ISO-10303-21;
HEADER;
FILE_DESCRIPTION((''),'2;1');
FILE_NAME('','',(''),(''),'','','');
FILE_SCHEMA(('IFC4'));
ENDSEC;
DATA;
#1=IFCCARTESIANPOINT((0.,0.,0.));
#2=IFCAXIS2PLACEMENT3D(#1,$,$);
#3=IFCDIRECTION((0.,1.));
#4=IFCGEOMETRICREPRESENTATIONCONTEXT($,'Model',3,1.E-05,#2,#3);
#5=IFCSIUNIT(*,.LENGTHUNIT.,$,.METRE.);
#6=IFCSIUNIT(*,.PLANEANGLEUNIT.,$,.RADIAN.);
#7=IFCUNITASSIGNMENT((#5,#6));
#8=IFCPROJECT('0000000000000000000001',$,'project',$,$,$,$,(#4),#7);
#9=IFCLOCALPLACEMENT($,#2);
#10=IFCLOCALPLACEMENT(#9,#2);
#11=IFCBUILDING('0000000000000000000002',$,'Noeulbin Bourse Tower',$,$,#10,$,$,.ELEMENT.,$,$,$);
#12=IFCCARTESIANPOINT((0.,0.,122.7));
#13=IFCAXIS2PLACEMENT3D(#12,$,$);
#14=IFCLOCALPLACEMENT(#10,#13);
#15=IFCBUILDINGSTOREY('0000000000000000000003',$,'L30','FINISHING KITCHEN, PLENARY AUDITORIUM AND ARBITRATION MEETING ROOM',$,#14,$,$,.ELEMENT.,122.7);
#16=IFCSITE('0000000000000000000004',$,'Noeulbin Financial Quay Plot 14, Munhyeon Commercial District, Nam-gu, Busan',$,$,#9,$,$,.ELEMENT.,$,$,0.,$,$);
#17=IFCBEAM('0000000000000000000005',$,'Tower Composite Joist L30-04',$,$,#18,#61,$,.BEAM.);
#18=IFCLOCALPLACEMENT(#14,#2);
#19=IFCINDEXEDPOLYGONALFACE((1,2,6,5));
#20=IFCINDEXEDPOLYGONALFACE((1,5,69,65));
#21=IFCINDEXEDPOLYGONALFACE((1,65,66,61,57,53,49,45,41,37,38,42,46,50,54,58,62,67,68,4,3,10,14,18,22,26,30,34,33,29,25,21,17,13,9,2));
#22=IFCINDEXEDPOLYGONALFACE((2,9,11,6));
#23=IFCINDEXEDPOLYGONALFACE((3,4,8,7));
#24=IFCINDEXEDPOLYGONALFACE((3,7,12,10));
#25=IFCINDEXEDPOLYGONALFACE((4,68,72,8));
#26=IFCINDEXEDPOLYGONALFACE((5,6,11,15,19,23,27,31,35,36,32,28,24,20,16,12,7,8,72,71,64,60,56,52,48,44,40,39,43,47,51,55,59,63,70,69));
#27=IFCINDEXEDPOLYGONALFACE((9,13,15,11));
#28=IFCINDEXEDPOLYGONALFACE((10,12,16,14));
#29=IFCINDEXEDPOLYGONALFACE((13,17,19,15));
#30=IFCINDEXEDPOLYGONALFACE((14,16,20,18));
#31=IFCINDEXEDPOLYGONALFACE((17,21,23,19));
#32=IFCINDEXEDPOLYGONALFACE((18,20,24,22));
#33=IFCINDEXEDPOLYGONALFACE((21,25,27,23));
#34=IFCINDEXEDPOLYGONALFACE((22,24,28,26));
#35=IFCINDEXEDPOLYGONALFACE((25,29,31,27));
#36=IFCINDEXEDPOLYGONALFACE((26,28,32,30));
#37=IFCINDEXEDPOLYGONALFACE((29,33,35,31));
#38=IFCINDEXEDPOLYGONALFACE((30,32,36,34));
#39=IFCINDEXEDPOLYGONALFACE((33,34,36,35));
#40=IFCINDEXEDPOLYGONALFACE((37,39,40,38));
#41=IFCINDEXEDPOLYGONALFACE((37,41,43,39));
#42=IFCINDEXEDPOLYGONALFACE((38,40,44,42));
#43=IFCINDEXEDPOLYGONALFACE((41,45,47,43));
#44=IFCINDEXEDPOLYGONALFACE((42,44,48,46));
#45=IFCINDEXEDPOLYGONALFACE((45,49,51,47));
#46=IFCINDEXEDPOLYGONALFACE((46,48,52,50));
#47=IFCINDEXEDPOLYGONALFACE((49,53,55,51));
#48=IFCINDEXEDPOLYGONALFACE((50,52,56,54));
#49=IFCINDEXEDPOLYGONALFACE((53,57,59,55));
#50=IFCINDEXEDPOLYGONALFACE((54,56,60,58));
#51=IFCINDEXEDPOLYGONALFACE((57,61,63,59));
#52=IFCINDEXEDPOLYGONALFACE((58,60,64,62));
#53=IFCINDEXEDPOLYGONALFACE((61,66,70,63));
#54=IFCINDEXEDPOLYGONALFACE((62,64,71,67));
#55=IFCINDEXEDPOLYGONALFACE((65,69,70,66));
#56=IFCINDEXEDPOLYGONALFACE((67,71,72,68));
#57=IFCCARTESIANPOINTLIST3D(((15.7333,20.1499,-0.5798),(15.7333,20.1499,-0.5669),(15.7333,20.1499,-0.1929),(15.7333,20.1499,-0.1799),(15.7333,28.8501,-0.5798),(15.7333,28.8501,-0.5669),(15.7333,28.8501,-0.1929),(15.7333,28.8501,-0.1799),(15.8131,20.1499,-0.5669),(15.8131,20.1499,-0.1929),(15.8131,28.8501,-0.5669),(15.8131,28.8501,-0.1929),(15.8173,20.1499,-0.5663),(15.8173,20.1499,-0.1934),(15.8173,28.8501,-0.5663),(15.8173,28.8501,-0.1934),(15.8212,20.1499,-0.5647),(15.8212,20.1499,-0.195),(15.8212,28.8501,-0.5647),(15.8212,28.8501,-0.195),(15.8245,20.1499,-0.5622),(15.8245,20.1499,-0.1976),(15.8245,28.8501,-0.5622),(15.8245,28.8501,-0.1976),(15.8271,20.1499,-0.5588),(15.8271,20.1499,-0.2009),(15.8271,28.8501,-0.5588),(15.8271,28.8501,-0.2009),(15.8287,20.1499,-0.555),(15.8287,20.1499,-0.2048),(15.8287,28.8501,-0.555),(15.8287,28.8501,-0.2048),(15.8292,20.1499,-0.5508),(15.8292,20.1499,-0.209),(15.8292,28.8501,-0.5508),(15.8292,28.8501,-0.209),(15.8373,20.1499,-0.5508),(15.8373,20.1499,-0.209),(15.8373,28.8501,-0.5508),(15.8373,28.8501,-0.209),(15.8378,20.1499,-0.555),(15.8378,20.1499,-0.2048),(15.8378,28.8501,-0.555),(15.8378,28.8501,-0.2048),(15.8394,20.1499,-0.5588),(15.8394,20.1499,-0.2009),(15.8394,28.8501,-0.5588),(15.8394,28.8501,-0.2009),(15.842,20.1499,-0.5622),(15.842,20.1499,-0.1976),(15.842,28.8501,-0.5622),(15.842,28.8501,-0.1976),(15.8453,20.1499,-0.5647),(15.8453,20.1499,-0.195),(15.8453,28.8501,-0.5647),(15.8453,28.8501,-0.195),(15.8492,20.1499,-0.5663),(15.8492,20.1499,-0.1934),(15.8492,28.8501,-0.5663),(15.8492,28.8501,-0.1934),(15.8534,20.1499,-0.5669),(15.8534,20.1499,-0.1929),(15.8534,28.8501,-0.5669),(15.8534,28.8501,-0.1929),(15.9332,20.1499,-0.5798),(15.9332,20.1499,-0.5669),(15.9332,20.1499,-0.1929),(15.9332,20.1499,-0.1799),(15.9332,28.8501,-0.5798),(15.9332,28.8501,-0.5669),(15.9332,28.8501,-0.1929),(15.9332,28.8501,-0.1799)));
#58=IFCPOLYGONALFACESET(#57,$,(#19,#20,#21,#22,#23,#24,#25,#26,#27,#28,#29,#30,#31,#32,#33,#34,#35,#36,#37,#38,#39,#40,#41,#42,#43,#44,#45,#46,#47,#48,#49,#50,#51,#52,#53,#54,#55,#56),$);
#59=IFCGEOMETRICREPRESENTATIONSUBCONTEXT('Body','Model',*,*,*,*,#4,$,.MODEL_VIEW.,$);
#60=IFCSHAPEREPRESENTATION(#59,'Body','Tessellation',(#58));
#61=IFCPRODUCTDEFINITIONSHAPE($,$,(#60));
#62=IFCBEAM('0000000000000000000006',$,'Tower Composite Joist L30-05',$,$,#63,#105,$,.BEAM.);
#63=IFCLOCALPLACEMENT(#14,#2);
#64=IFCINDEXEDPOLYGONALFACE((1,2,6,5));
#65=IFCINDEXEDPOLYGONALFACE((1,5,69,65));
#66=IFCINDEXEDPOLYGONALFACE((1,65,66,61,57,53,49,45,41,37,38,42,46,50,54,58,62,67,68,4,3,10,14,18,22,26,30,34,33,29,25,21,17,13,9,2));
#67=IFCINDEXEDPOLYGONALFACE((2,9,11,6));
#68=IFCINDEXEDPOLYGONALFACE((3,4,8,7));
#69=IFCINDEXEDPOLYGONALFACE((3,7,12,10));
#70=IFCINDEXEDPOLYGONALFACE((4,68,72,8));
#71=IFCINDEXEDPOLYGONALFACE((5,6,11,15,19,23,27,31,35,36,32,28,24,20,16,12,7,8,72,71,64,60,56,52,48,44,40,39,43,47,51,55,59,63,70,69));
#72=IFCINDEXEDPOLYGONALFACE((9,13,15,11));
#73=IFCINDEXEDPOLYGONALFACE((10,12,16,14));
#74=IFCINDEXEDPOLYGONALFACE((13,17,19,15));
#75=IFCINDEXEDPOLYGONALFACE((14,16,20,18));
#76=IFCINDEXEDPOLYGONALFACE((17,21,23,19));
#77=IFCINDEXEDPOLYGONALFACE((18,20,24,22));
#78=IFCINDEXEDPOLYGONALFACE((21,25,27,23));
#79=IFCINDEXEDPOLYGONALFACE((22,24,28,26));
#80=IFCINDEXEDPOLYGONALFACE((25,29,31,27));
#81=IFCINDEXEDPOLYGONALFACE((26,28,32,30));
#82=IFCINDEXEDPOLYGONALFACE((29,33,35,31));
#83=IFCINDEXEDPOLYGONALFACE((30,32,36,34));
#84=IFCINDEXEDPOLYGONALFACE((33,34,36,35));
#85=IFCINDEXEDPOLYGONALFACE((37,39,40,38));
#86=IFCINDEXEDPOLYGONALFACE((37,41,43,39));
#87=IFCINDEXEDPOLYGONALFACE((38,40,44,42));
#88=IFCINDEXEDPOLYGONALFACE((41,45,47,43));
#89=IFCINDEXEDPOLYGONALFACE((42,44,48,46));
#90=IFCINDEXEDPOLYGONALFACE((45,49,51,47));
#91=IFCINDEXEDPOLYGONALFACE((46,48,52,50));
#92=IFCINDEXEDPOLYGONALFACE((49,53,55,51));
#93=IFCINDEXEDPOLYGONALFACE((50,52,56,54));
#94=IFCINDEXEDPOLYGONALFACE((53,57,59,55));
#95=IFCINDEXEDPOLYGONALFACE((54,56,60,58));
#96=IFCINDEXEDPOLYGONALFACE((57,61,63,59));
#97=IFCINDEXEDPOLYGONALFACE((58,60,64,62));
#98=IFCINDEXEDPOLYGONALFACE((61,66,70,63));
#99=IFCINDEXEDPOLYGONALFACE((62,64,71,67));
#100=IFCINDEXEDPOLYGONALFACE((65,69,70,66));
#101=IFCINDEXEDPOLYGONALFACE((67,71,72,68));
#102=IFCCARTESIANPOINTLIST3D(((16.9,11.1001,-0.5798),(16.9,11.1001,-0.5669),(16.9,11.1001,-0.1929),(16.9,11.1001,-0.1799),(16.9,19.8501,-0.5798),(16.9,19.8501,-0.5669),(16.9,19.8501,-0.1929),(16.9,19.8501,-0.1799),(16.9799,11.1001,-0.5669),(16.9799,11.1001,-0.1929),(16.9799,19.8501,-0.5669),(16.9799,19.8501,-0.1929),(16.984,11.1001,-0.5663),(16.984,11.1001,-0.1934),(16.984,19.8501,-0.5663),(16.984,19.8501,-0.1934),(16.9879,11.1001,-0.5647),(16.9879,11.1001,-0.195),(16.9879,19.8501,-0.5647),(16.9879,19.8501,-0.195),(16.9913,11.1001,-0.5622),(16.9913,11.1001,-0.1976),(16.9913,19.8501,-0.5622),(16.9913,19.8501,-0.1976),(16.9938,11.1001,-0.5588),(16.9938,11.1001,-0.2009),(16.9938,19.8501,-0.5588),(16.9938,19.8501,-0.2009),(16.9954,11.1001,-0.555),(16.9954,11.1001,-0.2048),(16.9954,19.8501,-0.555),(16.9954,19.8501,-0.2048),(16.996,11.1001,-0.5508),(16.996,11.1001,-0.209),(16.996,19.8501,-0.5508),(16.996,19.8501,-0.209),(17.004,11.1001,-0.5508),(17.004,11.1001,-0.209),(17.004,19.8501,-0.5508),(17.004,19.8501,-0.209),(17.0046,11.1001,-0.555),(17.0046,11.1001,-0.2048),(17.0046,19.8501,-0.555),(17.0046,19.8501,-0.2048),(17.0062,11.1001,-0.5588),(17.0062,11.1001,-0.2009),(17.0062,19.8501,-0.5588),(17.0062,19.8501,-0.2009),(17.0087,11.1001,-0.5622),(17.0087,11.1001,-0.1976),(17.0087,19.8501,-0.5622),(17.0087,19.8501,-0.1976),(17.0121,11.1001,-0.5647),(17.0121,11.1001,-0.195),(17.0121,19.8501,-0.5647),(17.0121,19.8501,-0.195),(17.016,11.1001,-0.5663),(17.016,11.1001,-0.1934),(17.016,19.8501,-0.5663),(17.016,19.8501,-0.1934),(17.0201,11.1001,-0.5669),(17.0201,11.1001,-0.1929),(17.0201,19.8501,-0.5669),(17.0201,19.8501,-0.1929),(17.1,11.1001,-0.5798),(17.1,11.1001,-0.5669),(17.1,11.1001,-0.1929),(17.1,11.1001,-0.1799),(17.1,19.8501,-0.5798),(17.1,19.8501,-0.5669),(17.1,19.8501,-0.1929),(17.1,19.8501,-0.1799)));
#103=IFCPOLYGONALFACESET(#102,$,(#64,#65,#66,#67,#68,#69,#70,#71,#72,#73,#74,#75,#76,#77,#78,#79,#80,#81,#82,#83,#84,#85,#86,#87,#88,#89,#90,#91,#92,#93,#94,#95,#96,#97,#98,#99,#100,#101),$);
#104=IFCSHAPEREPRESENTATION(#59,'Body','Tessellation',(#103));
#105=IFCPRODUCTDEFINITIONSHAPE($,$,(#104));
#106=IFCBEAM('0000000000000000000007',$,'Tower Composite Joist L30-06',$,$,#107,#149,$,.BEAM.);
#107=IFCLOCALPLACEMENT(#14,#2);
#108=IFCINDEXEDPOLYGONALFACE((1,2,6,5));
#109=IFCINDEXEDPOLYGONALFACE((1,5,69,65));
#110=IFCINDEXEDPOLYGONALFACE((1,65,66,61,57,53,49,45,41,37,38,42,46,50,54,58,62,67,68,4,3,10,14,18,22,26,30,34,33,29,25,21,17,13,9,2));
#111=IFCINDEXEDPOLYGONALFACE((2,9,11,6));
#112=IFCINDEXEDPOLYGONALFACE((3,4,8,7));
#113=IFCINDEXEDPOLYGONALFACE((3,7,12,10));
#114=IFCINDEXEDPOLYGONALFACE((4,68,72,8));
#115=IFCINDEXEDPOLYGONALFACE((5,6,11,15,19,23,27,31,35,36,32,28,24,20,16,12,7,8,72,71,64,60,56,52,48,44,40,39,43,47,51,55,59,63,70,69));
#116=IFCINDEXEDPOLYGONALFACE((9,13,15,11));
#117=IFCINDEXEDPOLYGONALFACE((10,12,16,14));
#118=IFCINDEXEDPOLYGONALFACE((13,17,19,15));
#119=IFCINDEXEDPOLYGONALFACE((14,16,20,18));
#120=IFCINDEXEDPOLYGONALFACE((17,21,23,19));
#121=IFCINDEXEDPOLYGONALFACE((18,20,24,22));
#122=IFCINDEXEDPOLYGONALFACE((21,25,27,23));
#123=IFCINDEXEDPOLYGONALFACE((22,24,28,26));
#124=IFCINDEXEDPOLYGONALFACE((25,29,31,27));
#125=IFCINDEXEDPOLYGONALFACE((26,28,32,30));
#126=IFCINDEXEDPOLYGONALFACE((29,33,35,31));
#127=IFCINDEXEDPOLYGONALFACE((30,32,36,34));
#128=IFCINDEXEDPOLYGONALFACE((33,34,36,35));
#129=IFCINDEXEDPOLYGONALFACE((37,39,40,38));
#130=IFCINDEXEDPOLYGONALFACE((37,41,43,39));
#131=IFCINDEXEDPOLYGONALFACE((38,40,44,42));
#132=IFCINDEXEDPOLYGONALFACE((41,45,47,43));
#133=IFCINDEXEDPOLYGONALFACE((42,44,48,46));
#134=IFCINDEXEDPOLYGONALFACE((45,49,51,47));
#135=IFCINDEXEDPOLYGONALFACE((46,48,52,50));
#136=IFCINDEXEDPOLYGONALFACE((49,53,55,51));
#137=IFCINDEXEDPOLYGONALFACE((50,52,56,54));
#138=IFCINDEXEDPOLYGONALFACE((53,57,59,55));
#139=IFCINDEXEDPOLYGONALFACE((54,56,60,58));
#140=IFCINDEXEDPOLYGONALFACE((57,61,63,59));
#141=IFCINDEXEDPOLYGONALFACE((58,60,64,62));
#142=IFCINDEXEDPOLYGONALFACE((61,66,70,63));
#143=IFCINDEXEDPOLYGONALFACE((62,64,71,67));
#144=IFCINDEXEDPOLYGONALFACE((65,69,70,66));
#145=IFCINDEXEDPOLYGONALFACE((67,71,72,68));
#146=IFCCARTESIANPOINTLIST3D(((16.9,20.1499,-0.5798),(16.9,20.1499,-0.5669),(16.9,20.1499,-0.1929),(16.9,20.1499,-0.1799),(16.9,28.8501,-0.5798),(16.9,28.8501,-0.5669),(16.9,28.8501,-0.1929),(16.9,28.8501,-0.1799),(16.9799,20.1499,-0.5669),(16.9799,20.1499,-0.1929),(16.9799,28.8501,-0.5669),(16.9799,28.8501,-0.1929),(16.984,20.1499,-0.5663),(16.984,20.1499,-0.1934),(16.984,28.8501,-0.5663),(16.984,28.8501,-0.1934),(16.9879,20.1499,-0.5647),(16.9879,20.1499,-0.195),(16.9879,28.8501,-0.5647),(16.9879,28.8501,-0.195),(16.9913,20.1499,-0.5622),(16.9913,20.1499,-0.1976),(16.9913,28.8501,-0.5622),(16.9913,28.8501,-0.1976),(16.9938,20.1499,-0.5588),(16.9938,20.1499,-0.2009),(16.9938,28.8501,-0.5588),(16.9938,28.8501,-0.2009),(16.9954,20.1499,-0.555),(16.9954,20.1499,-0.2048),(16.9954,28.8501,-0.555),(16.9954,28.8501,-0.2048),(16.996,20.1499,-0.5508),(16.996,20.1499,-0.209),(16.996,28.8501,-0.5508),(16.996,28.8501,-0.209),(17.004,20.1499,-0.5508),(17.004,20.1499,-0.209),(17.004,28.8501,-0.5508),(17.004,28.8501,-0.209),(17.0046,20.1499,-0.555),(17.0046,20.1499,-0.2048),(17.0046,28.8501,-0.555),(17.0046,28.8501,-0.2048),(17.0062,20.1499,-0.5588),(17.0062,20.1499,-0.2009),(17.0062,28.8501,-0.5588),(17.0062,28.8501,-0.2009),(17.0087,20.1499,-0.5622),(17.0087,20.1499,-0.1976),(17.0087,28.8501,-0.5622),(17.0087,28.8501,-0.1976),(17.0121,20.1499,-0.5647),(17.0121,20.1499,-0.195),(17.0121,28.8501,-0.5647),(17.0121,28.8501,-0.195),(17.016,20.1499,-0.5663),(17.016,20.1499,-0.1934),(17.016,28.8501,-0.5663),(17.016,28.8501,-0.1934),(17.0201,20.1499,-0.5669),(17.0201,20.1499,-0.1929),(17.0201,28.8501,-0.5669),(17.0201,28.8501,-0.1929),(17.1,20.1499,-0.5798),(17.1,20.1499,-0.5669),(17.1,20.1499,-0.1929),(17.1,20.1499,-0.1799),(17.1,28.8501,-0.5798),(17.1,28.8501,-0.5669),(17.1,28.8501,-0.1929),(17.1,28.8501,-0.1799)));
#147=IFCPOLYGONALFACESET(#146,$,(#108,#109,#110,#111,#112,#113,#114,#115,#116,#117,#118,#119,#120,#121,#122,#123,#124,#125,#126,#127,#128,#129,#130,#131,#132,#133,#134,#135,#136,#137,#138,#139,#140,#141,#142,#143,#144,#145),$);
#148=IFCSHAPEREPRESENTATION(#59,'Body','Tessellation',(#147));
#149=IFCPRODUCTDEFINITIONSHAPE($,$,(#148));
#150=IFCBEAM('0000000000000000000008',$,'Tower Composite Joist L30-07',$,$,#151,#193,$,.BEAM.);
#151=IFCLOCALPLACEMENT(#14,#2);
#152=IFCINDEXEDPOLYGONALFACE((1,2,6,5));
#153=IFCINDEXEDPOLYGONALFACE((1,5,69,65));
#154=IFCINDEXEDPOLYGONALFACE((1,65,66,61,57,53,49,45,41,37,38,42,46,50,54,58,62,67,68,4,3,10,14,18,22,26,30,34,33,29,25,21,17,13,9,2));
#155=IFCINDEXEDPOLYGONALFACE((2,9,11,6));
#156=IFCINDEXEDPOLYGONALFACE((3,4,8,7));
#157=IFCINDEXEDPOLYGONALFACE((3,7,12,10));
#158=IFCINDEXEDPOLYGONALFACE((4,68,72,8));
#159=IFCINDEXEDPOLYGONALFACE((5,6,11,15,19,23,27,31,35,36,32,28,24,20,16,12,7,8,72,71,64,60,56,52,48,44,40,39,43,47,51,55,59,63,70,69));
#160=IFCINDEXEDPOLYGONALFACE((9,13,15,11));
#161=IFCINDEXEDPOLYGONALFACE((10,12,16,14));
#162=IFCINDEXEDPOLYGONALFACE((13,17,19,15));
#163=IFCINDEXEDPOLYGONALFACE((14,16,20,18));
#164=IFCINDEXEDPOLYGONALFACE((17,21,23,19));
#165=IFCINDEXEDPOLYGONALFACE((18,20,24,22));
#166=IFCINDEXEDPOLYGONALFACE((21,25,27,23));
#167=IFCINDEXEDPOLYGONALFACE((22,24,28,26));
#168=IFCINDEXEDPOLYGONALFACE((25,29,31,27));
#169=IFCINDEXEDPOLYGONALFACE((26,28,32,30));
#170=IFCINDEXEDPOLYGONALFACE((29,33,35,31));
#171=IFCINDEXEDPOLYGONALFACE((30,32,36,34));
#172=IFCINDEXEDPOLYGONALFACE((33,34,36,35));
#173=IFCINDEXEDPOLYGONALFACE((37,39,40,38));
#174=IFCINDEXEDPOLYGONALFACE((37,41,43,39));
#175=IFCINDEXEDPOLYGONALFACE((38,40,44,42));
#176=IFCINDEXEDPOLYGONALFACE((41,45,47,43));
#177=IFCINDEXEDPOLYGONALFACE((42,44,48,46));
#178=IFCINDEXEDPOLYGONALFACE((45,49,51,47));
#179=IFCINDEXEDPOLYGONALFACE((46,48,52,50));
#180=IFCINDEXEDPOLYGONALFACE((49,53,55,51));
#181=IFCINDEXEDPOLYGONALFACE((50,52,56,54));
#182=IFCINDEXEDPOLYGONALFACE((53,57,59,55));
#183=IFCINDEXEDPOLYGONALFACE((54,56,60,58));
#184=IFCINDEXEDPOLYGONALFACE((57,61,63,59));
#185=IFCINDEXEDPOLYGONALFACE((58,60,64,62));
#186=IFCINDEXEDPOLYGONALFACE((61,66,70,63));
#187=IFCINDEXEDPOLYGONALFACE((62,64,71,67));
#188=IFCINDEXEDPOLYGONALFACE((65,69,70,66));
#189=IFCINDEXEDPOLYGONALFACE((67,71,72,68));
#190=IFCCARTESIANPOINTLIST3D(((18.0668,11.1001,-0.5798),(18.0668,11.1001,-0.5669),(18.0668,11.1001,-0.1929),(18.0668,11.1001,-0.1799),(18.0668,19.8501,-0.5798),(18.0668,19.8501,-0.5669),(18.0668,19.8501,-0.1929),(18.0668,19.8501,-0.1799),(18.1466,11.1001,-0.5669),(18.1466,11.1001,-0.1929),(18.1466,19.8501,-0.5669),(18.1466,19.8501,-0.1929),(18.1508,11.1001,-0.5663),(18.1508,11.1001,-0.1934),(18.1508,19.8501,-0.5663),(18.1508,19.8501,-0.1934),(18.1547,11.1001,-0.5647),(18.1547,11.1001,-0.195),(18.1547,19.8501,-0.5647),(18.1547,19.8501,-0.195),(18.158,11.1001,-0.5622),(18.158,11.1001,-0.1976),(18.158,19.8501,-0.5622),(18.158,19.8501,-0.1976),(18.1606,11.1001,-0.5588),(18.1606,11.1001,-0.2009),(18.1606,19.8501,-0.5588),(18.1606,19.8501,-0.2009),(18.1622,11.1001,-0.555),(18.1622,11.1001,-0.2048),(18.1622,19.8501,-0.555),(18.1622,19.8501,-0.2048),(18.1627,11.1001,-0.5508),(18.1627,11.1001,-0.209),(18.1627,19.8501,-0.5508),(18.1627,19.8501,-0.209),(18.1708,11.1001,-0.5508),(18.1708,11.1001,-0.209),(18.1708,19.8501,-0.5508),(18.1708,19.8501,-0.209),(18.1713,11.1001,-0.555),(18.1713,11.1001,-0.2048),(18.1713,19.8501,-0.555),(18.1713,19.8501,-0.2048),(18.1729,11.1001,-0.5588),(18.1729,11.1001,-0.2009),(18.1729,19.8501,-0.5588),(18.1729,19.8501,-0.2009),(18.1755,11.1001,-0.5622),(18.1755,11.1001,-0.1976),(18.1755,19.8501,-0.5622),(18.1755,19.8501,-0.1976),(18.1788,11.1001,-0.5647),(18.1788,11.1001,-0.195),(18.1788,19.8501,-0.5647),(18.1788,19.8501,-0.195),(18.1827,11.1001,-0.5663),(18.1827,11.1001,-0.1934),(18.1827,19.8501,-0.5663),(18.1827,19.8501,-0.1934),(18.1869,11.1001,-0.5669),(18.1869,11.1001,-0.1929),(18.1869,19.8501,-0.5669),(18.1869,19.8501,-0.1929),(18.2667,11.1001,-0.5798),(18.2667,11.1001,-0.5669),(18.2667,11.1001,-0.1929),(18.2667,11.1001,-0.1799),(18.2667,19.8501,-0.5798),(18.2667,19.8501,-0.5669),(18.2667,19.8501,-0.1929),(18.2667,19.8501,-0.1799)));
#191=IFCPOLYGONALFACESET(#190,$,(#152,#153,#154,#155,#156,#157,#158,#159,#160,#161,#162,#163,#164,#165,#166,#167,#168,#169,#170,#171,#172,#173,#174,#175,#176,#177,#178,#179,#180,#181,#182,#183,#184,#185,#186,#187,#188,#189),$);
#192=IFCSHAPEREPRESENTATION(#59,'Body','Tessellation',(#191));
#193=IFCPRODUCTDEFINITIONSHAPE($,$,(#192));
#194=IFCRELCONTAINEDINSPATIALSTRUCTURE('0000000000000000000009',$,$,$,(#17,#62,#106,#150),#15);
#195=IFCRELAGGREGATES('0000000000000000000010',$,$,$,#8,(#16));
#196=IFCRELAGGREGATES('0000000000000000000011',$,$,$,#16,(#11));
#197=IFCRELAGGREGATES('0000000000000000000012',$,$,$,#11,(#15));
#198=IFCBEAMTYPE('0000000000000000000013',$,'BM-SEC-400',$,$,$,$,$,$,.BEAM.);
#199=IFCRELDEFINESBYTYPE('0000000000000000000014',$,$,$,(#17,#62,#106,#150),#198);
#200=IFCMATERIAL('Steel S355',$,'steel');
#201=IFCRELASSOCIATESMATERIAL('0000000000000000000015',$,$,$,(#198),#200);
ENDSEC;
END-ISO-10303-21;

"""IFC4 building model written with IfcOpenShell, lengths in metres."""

from ifc_helpers import new_model, si_unit, direction, frame, origin, origin_2d, place, context, subcontext, project, spatial, i_section, extrude, material, material_profile, profile_set, type_object, element, save


model = new_model("IFC4")

# Units and contexts
model_context = context("Model", 3, precision=1e-05, world=origin(), true_north=direction((0.0, 1.0)))
body_context = subcontext(model_context, "Body", "Model", "MODEL_VIEW")
ifc_project = project(units=[si_unit("LENGTHUNIT", "METRE"), si_unit("PLANEANGLEUNIT", "RADIAN")], contexts=[model_context])

# Site, building, storey
site_placement = place(None, origin())
site = spatial("IfcSite", under=ifc_project, at=site_placement, Name="Noeulbin Financial Quay Plot 14, Munhyeon Commercial District, Nam-gu, Busan", CompositionType="ELEMENT", RefElevation=0.0)
building_placement = place(site_placement, origin())
building = spatial("IfcBuilding", under=site, at=building_placement, Name="Noeulbin Bourse Tower", CompositionType="ELEMENT")
storey_placement = place(building_placement, frame((0.0, 0.0, 122.7)))
storey = spatial("IfcBuildingStorey", under=building, at=storey_placement, Name="L30", Description="FINISHING KITCHEN, PLENARY AUDITORIUM AND ARBITRATION MEETING ROOM", CompositionType="ELEMENT", Elevation=122.7)

# Shared definitions
ifc_material_1 = material(Name="Steel S355", Category="steel")

# Beams
ifc_material_profile_1 = material_profile(ifc_material_1, i_section(OverallWidth=0.2, OverallDepth=0.3999, WebThickness=0.0081, FlangeThickness=0.0129, FilletRadius=0.0161, at=origin_2d()), Name="H-400x200x8x13", Category="LoadBearing")
ifc_profile_set_1 = profile_set([ifc_material_profile_1], Name="Steel S355")
beam_type_1 = type_object("IfcBeamType", Name="BM-SEC-400", PredefinedType="BEAM", material=ifc_profile_set_1)
beam_1_placement = place(storey_placement, frame((15.8333, 20.1499, -0.3799), z_axis=(0.0, 1.0, 0.0), x_axis=(-1.0, 0.0, 0.0)))
element("IfcBeam", 1, at=beam_1_placement, inside=storey, type_object=beam_type_1, Name="Tower Composite Joist L30-04", PredefinedType="BEAM", context=body_context, shape_type="SweptSolid", body=[
    extrude(i_section(OverallWidth=0.2, OverallDepth=0.3999, WebThickness=0.0081, FlangeThickness=0.0129, FilletRadius=0.0161, at=origin_2d()), origin(), (0.0, 0.0, 1.0), 8.7002),
])
beam_2_placement = place(storey_placement, frame((17.0, 11.1001, -0.3799), z_axis=(0.0, 1.0, 0.0), x_axis=(-1.0, 0.0, 0.0)))
element("IfcBeam", 2, at=beam_2_placement, inside=storey, type_object=beam_type_1, Name="Tower Composite Joist L30-05", PredefinedType="BEAM", context=body_context, shape_type="SweptSolid", body=[
    extrude(i_section(OverallWidth=0.2, OverallDepth=0.3999, WebThickness=0.0081, FlangeThickness=0.0129, FilletRadius=0.0161, at=origin_2d()), origin(), (0.0, 0.0, 1.0), 8.75),
])
beam_3_placement = place(storey_placement, frame((17.0, 20.1499, -0.3799), z_axis=(0.0, 1.0, 0.0), x_axis=(-1.0, 0.0, 0.0)))
element("IfcBeam", 3, at=beam_3_placement, inside=storey, type_object=beam_type_1, Name="Tower Composite Joist L30-06", PredefinedType="BEAM", context=body_context, shape_type="SweptSolid", body=[
    extrude(i_section(OverallWidth=0.2, OverallDepth=0.3999, WebThickness=0.0081, FlangeThickness=0.0129, FilletRadius=0.0161, at=origin_2d()), origin(), (0.0, 0.0, 1.0), 8.7002),
])
beam_4_placement = place(storey_placement, frame((18.1667, 11.1001, -0.3799), z_axis=(0.0, 1.0, 0.0), x_axis=(-1.0, 0.0, 0.0)))
element("IfcBeam", 4, at=beam_4_placement, inside=storey, type_object=beam_type_1, Name="Tower Composite Joist L30-07", PredefinedType="BEAM", context=body_context, shape_type="SweptSolid", body=[
    extrude(i_section(OverallWidth=0.2, OverallDepth=0.3999, WebThickness=0.0081, FlangeThickness=0.0129, FilletRadius=0.0161, at=origin_2d()), origin(), (0.0, 0.0, 1.0), 8.75),
])

save(model, "model.ifc")
